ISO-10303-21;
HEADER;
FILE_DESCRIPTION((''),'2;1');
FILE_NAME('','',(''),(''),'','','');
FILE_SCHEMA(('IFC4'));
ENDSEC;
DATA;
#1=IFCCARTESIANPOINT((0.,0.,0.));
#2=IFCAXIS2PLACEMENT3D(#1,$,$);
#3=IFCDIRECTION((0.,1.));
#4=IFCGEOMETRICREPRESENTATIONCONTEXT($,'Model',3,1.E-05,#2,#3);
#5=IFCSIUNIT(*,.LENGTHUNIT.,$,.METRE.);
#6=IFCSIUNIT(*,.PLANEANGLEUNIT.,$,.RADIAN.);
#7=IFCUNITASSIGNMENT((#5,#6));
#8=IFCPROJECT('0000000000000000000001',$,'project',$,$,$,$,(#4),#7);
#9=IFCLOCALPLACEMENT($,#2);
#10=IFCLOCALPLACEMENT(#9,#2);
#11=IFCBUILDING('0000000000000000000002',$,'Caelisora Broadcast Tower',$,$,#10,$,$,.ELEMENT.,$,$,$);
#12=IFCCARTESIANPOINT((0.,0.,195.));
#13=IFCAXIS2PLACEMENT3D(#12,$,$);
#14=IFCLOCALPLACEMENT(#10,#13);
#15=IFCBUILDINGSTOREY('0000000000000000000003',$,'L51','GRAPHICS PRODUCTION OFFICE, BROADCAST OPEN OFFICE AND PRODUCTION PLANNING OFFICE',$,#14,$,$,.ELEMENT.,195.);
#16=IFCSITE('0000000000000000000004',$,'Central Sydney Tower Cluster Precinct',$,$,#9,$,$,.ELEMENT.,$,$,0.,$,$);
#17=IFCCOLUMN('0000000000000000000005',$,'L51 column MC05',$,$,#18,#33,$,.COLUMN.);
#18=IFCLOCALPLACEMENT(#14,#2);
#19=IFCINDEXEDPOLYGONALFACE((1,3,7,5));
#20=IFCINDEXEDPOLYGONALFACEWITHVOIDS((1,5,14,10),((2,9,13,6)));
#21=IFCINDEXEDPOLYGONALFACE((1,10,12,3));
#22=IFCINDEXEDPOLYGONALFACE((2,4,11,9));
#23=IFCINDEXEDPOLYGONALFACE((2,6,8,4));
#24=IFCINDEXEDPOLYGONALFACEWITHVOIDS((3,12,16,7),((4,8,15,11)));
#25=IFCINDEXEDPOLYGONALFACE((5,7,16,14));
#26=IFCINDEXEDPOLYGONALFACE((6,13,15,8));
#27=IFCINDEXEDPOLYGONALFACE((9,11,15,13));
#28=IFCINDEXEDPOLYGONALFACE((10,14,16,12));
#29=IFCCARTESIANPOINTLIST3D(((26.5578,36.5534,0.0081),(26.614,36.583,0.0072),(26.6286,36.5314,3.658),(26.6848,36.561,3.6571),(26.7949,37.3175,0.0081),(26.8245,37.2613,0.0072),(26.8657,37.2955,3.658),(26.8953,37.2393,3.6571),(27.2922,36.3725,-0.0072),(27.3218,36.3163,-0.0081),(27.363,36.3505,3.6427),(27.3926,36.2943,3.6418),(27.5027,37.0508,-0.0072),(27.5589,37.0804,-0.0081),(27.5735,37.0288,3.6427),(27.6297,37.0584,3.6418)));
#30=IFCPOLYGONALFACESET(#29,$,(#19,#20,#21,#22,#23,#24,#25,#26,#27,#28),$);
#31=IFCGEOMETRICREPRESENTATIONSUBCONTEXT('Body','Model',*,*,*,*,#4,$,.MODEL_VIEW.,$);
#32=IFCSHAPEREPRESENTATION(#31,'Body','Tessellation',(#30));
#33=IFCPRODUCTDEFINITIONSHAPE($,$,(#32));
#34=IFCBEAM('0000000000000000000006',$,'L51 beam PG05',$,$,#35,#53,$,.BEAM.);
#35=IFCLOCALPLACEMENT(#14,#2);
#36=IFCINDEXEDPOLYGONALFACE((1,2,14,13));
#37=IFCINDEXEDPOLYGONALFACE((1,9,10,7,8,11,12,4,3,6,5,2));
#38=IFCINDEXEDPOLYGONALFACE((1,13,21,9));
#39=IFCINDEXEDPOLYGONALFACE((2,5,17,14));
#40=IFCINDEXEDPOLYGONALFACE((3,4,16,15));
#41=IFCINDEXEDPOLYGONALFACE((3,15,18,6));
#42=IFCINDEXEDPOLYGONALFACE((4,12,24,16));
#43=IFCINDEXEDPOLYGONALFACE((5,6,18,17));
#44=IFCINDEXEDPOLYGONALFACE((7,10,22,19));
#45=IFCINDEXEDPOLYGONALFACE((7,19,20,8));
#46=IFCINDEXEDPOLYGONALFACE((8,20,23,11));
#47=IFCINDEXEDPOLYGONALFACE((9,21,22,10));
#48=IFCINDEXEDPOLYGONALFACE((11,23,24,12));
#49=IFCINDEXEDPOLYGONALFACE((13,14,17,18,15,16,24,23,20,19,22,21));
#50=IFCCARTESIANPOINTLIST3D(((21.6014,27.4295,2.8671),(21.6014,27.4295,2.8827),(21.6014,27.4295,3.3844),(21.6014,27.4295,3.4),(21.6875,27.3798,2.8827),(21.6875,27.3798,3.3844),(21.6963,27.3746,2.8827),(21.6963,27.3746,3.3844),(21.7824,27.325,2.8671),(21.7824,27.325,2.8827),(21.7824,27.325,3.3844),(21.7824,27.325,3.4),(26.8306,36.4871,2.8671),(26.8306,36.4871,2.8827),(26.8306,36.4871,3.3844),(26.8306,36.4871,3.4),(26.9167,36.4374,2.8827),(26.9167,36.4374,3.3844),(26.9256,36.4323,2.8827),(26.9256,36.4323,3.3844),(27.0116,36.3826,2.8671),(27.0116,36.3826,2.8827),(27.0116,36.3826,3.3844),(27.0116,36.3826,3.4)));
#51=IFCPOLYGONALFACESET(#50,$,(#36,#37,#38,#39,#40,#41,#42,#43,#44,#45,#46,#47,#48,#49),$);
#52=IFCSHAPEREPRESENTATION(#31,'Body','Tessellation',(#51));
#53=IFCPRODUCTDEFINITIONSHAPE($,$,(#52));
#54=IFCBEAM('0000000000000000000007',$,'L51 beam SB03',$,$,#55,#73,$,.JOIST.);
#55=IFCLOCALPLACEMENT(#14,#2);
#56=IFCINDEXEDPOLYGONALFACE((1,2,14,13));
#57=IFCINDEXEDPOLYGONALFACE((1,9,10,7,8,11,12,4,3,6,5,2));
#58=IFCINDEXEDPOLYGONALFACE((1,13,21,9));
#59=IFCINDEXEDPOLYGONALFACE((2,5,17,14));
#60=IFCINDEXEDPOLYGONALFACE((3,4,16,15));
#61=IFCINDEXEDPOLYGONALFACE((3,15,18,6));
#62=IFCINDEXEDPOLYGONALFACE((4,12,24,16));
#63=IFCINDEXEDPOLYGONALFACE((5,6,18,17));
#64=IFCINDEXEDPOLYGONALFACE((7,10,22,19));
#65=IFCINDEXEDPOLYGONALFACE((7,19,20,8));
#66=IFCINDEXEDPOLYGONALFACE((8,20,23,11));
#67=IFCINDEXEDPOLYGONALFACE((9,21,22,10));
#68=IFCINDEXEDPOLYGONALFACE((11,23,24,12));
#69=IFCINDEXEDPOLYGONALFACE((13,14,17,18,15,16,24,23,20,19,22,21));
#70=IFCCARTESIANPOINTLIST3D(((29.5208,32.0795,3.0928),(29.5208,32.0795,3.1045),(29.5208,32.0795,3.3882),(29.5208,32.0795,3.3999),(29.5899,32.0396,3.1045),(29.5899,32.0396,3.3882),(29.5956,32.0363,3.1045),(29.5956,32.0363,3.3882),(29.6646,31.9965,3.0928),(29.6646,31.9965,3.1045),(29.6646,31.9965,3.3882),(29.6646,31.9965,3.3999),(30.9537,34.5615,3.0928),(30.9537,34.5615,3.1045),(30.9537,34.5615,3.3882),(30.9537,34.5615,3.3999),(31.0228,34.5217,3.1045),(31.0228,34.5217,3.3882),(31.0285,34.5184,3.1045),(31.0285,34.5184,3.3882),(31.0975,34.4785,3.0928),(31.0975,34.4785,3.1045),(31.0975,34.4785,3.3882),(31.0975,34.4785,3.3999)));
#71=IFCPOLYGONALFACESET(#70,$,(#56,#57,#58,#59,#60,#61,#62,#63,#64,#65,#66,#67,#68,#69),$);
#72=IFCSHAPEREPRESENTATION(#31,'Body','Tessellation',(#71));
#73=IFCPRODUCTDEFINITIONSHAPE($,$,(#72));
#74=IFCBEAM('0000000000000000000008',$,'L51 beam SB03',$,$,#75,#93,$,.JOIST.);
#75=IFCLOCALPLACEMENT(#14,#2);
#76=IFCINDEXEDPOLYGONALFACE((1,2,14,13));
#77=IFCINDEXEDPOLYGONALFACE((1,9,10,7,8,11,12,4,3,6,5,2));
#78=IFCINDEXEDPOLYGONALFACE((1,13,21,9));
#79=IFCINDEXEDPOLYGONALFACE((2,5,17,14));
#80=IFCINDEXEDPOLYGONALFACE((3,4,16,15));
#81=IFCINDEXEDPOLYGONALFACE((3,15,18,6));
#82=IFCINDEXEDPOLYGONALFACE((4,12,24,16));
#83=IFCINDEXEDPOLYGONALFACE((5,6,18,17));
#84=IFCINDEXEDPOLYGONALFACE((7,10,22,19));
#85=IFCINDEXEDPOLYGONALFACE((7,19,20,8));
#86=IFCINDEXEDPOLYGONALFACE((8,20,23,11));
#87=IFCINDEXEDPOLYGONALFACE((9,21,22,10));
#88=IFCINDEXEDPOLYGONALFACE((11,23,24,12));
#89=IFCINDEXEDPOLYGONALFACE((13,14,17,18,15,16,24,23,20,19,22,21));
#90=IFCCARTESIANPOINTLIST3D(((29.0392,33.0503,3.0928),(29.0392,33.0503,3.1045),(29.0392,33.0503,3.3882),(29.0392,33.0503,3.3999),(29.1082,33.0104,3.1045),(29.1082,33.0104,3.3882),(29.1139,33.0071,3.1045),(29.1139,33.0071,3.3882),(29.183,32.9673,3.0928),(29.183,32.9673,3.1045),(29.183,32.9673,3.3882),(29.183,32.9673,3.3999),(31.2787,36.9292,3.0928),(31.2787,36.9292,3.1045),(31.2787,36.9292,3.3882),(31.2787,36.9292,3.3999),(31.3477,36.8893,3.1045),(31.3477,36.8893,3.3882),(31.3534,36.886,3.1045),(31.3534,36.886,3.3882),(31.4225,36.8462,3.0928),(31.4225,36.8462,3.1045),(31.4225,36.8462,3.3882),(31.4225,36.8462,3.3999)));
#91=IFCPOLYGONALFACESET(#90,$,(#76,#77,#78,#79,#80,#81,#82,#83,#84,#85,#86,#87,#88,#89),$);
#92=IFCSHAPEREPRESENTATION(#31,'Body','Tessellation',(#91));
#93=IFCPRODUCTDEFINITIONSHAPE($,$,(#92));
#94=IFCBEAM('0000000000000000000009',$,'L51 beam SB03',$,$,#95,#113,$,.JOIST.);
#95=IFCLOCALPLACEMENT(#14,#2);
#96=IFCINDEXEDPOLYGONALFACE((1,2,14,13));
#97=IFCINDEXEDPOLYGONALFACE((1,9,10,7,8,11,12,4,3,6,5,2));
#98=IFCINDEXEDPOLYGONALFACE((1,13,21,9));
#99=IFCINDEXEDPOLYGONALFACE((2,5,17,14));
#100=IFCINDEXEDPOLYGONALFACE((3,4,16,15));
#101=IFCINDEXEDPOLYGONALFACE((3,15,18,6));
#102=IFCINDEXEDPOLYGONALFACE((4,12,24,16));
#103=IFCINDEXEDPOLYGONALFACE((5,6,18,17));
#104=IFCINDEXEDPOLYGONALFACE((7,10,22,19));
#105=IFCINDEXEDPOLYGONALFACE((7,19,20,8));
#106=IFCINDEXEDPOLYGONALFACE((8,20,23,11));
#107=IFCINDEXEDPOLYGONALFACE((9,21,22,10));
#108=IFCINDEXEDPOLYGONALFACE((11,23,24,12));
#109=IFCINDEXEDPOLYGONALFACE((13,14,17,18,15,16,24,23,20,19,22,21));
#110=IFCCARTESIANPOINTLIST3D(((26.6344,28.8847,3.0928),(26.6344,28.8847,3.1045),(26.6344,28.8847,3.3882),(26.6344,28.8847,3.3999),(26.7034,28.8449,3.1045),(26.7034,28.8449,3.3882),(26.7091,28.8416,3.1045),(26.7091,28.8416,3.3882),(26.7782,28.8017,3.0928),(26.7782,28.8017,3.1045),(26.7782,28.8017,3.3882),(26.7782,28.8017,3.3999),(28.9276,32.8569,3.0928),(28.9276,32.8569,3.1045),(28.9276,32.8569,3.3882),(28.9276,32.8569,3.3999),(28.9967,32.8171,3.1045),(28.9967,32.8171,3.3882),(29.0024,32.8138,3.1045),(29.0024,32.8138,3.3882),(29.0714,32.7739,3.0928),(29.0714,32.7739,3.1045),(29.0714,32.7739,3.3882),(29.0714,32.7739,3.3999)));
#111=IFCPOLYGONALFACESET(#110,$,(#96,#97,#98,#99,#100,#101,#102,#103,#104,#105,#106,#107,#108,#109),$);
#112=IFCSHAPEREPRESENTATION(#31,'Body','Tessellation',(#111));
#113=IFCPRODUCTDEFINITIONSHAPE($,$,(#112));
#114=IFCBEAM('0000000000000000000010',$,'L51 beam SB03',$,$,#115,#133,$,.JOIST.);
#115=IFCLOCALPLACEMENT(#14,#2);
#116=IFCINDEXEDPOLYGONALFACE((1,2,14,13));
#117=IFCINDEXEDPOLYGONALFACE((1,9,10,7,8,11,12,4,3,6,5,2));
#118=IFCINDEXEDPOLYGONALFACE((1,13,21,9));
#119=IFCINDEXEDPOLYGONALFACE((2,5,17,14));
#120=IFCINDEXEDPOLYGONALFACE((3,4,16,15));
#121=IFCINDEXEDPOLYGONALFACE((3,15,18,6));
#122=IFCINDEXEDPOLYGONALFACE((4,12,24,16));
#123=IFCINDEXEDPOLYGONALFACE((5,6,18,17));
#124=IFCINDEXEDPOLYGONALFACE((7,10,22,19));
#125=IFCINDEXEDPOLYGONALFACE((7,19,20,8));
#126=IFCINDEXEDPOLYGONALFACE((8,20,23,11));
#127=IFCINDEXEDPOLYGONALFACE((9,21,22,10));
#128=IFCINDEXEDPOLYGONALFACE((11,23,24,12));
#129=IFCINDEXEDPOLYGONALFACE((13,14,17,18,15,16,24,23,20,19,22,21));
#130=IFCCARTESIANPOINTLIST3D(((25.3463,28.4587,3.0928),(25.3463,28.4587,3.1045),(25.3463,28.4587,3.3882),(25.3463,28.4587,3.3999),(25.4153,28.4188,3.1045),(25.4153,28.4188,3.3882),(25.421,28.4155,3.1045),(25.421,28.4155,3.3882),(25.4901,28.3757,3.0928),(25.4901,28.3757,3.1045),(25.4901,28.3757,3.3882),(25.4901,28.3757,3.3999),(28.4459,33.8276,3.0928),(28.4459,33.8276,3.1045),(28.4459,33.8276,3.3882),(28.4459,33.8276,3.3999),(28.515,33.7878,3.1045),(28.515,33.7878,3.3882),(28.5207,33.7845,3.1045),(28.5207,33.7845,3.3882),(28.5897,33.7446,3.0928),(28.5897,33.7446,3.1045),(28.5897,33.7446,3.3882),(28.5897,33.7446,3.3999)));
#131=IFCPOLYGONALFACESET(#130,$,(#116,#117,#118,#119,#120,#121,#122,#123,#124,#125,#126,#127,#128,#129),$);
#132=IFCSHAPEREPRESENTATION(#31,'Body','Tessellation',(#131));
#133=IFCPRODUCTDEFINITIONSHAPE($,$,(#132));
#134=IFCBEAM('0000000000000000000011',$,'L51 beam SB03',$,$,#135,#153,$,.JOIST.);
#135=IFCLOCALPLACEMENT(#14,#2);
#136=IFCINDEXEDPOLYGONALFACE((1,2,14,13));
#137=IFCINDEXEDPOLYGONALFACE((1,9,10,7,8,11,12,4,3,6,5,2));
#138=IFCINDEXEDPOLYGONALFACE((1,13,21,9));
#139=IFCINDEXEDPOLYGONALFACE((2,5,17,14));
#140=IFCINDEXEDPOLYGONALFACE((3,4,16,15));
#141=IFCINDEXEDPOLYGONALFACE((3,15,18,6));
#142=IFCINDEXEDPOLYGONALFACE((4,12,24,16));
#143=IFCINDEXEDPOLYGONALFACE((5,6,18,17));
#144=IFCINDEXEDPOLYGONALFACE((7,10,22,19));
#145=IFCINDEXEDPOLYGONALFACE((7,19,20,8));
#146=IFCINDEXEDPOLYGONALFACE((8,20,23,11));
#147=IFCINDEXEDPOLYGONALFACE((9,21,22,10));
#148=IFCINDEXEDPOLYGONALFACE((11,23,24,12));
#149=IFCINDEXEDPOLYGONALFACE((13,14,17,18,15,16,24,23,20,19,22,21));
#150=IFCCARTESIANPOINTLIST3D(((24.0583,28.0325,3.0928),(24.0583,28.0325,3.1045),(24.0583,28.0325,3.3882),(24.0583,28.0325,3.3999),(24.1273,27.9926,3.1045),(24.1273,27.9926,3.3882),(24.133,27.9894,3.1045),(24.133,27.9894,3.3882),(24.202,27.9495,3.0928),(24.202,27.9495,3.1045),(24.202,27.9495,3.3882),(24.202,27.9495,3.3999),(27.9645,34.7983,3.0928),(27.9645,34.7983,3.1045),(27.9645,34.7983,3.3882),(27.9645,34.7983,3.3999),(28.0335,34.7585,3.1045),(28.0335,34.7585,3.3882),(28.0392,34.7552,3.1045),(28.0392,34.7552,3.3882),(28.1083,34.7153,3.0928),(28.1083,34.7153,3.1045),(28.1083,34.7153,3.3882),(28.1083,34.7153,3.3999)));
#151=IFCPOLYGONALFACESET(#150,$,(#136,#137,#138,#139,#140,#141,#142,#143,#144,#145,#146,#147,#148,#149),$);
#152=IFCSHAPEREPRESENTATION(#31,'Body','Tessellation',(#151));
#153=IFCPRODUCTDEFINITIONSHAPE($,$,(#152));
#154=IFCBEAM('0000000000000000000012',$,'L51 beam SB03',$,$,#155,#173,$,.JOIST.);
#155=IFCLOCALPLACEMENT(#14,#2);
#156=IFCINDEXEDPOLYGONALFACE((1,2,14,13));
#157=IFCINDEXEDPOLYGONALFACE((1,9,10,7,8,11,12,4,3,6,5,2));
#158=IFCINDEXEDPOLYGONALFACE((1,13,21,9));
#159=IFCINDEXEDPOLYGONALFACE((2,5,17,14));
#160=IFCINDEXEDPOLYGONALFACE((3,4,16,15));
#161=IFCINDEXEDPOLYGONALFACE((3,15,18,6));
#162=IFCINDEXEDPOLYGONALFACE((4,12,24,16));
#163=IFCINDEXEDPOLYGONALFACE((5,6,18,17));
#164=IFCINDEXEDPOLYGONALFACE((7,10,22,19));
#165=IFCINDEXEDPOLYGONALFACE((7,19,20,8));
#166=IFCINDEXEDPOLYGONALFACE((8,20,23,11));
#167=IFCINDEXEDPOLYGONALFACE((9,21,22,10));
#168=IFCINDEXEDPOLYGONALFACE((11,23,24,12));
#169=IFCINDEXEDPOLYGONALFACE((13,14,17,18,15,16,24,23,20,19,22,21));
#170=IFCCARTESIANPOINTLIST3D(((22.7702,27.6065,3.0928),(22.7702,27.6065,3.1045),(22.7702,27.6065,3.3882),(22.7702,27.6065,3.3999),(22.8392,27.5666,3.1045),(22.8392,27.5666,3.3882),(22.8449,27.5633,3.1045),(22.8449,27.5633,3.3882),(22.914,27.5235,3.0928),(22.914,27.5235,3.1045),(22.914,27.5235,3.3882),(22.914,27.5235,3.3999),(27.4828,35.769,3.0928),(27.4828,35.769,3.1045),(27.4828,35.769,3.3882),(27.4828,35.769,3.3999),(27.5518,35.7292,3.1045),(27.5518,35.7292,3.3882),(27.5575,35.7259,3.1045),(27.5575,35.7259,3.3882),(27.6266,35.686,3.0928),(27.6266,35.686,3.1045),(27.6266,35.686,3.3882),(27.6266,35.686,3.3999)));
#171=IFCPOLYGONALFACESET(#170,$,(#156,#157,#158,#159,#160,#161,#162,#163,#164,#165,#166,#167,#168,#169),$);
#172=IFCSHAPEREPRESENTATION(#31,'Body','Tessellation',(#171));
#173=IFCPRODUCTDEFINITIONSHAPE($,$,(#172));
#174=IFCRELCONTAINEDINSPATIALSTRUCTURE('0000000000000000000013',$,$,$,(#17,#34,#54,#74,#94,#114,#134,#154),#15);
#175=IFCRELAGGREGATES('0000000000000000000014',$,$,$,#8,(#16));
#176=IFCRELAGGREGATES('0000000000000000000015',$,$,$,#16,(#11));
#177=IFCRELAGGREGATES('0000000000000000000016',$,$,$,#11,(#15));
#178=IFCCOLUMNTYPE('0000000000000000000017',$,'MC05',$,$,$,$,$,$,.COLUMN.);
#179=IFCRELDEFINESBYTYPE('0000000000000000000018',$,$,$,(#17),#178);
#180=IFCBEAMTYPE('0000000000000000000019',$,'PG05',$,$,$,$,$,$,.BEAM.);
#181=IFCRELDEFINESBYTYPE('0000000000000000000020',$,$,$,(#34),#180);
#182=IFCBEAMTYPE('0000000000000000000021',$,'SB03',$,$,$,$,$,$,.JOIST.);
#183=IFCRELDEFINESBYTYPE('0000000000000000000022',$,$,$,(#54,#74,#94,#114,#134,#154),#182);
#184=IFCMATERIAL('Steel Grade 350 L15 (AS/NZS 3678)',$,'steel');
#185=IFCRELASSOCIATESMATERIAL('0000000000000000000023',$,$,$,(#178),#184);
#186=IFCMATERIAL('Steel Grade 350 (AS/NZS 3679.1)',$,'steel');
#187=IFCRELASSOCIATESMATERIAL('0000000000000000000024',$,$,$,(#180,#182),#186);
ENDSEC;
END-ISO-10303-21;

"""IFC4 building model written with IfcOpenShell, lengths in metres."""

from ifc_helpers import new_model, si_unit, direction, frame, origin, origin_2d, place, context, subcontext, project, spatial, hollow_rectangle, i_section, extrude, source, transform, mapped, material, material_profile, profile_set, type_object, type_shapes, element, save


model = new_model("IFC4")

# Units and contexts
model_context = context("Model", 3, precision=1e-05, world=origin(), true_north=direction((0.0, 1.0)))
body_context = subcontext(model_context, "Body", "Model", "MODEL_VIEW")
ifc_project = project(units=[si_unit("LENGTHUNIT", "METRE"), si_unit("PLANEANGLEUNIT", "RADIAN")], contexts=[model_context])

# Site, building, storey
site_placement = place(None, origin())
site = spatial("IfcSite", under=ifc_project, at=site_placement, Name="Central Sydney Tower Cluster Precinct", CompositionType="ELEMENT", RefElevation=0.0)
building_placement = place(site_placement, origin())
building = spatial("IfcBuilding", under=site, at=building_placement, Name="Caelisora Broadcast Tower", CompositionType="ELEMENT")
storey_placement = place(building_placement, frame((0.0, 0.0, 195.0)))
storey = spatial("IfcBuildingStorey", under=building, at=storey_placement, Name="L51", Description="GRAPHICS PRODUCTION OFFICE, BROADCAST OPEN OFFICE AND PRODUCTION PLANNING OFFICE", CompositionType="ELEMENT", Elevation=195.0)

# Column
ifc_material_1 = material(Name="Steel Grade 350 L15 (AS/NZS 3678)", Category="steel")
ifc_material_profile_1 = material_profile(ifc_material_1, hollow_rectangle(XDim=0.8, YDim=0.8, WallThickness=0.0449, at=origin_2d()), Name="Steel Grade 350 L15 (AS/NZS 3678)")
ifc_profile_set_1 = profile_set([ifc_material_profile_1], Name="Steel Grade 350 L15 (AS/NZS 3678)")
column_type = type_object("IfcColumnType", Name="MC05", PredefinedType="COLUMN", material=ifc_profile_set_1)
shared_shape_1 = source(origin(), body_context, "Body", "SweptSolid", [
    extrude(hollow_rectangle(XDim=0.8, YDim=0.8, WallThickness=0.0449, at=origin_2d()), origin(), (0.0, 0.0, 1.0), 3.6506),
])
type_shapes(column_type, [shared_shape_1])
column_placement = place(storey_placement, frame((27.0583, 36.8169, 0.0), z_axis=(0.019394, -0.006019, 0.999794), x_axis=(0.296399, 0.955064, 0.0)))
element("IfcColumn", 1, at=column_placement, inside=storey, type_object=column_type, Name="L51 column MC05", PredefinedType="COLUMN", context=body_context, shape_type="MappedRepresentation", body=[
    mapped(shared_shape_1, transform((0.0, 0.0, 0.0), scale=1.0)),
])

# Beams
ifc_material_2 = material(Name="Steel Grade 350 (AS/NZS 3679.1)", Category="steel")
ifc_material_profile_2 = material_profile(ifc_material_2, i_section(OverallWidth=0.209, OverallDepth=0.533, WebThickness=0.0103, FlangeThickness=0.0156, at=origin_2d()), Name="Steel Grade 350 (AS/NZS 3679.1)")
ifc_profile_set_2 = profile_set([ifc_material_profile_2], Name="Steel Grade 350 (AS/NZS 3679.1)")
beam_type_1 = type_object("IfcBeamType", Name="PG05", PredefinedType="BEAM", material=ifc_profile_set_2)
shared_shape_2 = source(origin(), body_context, "Body", "SweptSolid", [
    extrude(i_section(OverallWidth=0.209, OverallDepth=0.533, WebThickness=0.0103, FlangeThickness=0.0156, at=origin_2d()), origin(), (0.0, 0.0, 1.0), 10.4587),
])
type_shapes(beam_type_1, [shared_shape_2])
beam_1_placement = place(storey_placement, frame((26.9211, 36.4348, 3.1335), z_axis=(-0.499988, -0.866032, 0.0), x_axis=(0.866032, -0.499988, 0.0)))
element("IfcBeam", 2, at=beam_1_placement, inside=storey, type_object=beam_type_1, Name="L51 beam PG05", PredefinedType="BEAM", context=body_context, shape_type="MappedRepresentation", body=[
    mapped(shared_shape_2, transform((0.0, 0.0, 0.0), scale=1.0)),
])
ifc_material_profile_3 = material_profile(ifc_material_2, i_section(OverallWidth=0.166, OverallDepth=0.3071, WebThickness=0.0066, FlangeThickness=0.0117, at=origin_2d()), Name="Steel Grade 350 (AS/NZS 3679.1)")
ifc_profile_set_3 = profile_set([ifc_material_profile_3], Name="Steel Grade 350 (AS/NZS 3679.1)")
beam_type_2 = type_object("IfcBeamType", Name="SB03", PredefinedType="JOIST", material=ifc_profile_set_3)
shared_shape_3 = source(origin(), body_context, "Body", "SweptSolid", [
    extrude(i_section(OverallWidth=0.166, OverallDepth=0.3071, WebThickness=0.0066, FlangeThickness=0.0117, at=origin_2d()), origin(), (0.0, 0.0, 1.0), 2.866),
])
beam_2_placement = place(storey_placement, frame((31.0256, 34.52, 3.2463), z_axis=(-0.499978, -0.866038, 0.0), x_axis=(0.866038, -0.499978, 0.0)))
element("IfcBeam", 3, at=beam_2_placement, inside=storey, type_object=beam_type_2, Name="L51 beam SB03", PredefinedType="JOIST", context=body_context, shape_type="MappedRepresentation", body=[
    mapped(shared_shape_3, transform((0.0, 0.0, 0.0), scale=1.0)),
])
shared_shape_4 = source(origin(), body_context, "Body", "SweptSolid", [
    extrude(i_section(OverallWidth=0.166, OverallDepth=0.3071, WebThickness=0.0066, FlangeThickness=0.0117, at=origin_2d()), origin(), (0.0, 0.0, 1.0), 4.479),
])
beam_3_placement = place(storey_placement, frame((31.3506, 36.8877, 3.2463), z_axis=(-0.500002, -0.866024, 0.0), x_axis=(0.866024, -0.500002, 0.0)))
element("IfcBeam", 4, at=beam_3_placement, inside=storey, type_object=beam_type_2, Name="L51 beam SB03", PredefinedType="JOIST", context=body_context, shape_type="MappedRepresentation", body=[
    mapped(shared_shape_4, transform((0.0, 0.0, 0.0), scale=1.0)),
])
shared_shape_5 = source(origin(), body_context, "Body", "SweptSolid", [
    extrude(i_section(OverallWidth=0.166, OverallDepth=0.3071, WebThickness=0.0066, FlangeThickness=0.0117, at=origin_2d()), origin(), (0.0, 0.0, 1.0), 4.5867),
])
beam_4_placement = place(storey_placement, frame((28.9995, 32.8154, 3.2463), z_axis=(-0.49998, -0.866037, 0.0), x_axis=(0.866037, -0.49998, 0.0)))
element("IfcBeam", 5, at=beam_4_placement, inside=storey, type_object=beam_type_2, Name="L51 beam SB03", PredefinedType="JOIST", context=body_context, shape_type="MappedRepresentation", body=[
    mapped(shared_shape_5, transform((0.0, 0.0, 0.0), scale=1.0)),
])
shared_shape_6 = source(origin(), body_context, "Body", "SweptSolid", [
    extrude(i_section(OverallWidth=0.166, OverallDepth=0.3071, WebThickness=0.0066, FlangeThickness=0.0117, at=origin_2d()), origin(), (0.0, 0.0, 1.0), 6.1995),
])
beam_5_placement = place(storey_placement, frame((28.5178, 33.7861, 3.2463), z_axis=(-0.499985, -0.866034, 0.0), x_axis=(0.866034, -0.499985, 0.0)))
element("IfcBeam", 6, at=beam_5_placement, inside=storey, type_object=beam_type_2, Name="L51 beam SB03", PredefinedType="JOIST", context=body_context, shape_type="MappedRepresentation", body=[
    mapped(shared_shape_6, transform((0.0, 0.0, 0.0), scale=1.0)),
])
shared_shape_7 = source(origin(), body_context, "Body", "SweptSolid", [
    extrude(i_section(OverallWidth=0.166, OverallDepth=0.3071, WebThickness=0.0066, FlangeThickness=0.0117, at=origin_2d()), origin(), (0.0, 0.0, 1.0), 7.8125),
])
beam_6_placement = place(storey_placement, frame((28.0364, 34.7568, 3.2463), z_axis=(-0.499997, -0.866027, 0.0), x_axis=(0.866027, -0.499997, 0.0)))
element("IfcBeam", 7, at=beam_6_placement, inside=storey, type_object=beam_type_2, Name="L51 beam SB03", PredefinedType="JOIST", context=body_context, shape_type="MappedRepresentation", body=[
    mapped(shared_shape_7, transform((0.0, 0.0, 0.0), scale=1.0)),
])
shared_shape_8 = source(origin(), body_context, "Body", "SweptSolid", [
    extrude(i_section(OverallWidth=0.166, OverallDepth=0.3071, WebThickness=0.0066, FlangeThickness=0.0117, at=origin_2d()), origin(), (0.0, 0.0, 1.0), 9.4253),
])
type_shapes(beam_type_2, [shared_shape_3, shared_shape_4, shared_shape_5, shared_shape_6, shared_shape_7, shared_shape_8])
beam_7_placement = place(storey_placement, frame((27.5547, 35.7275, 3.2463), z_axis=(-0.499997, -0.866027, 0.0), x_axis=(0.866027, -0.499997, 0.0)))
element("IfcBeam", 8, at=beam_7_placement, inside=storey, type_object=beam_type_2, Name="L51 beam SB03", PredefinedType="JOIST", context=body_context, shape_type="MappedRepresentation", body=[
    mapped(shared_shape_8, transform((0.0, 0.0, 0.0), scale=1.0)),
])

save(model, "model.ifc")
